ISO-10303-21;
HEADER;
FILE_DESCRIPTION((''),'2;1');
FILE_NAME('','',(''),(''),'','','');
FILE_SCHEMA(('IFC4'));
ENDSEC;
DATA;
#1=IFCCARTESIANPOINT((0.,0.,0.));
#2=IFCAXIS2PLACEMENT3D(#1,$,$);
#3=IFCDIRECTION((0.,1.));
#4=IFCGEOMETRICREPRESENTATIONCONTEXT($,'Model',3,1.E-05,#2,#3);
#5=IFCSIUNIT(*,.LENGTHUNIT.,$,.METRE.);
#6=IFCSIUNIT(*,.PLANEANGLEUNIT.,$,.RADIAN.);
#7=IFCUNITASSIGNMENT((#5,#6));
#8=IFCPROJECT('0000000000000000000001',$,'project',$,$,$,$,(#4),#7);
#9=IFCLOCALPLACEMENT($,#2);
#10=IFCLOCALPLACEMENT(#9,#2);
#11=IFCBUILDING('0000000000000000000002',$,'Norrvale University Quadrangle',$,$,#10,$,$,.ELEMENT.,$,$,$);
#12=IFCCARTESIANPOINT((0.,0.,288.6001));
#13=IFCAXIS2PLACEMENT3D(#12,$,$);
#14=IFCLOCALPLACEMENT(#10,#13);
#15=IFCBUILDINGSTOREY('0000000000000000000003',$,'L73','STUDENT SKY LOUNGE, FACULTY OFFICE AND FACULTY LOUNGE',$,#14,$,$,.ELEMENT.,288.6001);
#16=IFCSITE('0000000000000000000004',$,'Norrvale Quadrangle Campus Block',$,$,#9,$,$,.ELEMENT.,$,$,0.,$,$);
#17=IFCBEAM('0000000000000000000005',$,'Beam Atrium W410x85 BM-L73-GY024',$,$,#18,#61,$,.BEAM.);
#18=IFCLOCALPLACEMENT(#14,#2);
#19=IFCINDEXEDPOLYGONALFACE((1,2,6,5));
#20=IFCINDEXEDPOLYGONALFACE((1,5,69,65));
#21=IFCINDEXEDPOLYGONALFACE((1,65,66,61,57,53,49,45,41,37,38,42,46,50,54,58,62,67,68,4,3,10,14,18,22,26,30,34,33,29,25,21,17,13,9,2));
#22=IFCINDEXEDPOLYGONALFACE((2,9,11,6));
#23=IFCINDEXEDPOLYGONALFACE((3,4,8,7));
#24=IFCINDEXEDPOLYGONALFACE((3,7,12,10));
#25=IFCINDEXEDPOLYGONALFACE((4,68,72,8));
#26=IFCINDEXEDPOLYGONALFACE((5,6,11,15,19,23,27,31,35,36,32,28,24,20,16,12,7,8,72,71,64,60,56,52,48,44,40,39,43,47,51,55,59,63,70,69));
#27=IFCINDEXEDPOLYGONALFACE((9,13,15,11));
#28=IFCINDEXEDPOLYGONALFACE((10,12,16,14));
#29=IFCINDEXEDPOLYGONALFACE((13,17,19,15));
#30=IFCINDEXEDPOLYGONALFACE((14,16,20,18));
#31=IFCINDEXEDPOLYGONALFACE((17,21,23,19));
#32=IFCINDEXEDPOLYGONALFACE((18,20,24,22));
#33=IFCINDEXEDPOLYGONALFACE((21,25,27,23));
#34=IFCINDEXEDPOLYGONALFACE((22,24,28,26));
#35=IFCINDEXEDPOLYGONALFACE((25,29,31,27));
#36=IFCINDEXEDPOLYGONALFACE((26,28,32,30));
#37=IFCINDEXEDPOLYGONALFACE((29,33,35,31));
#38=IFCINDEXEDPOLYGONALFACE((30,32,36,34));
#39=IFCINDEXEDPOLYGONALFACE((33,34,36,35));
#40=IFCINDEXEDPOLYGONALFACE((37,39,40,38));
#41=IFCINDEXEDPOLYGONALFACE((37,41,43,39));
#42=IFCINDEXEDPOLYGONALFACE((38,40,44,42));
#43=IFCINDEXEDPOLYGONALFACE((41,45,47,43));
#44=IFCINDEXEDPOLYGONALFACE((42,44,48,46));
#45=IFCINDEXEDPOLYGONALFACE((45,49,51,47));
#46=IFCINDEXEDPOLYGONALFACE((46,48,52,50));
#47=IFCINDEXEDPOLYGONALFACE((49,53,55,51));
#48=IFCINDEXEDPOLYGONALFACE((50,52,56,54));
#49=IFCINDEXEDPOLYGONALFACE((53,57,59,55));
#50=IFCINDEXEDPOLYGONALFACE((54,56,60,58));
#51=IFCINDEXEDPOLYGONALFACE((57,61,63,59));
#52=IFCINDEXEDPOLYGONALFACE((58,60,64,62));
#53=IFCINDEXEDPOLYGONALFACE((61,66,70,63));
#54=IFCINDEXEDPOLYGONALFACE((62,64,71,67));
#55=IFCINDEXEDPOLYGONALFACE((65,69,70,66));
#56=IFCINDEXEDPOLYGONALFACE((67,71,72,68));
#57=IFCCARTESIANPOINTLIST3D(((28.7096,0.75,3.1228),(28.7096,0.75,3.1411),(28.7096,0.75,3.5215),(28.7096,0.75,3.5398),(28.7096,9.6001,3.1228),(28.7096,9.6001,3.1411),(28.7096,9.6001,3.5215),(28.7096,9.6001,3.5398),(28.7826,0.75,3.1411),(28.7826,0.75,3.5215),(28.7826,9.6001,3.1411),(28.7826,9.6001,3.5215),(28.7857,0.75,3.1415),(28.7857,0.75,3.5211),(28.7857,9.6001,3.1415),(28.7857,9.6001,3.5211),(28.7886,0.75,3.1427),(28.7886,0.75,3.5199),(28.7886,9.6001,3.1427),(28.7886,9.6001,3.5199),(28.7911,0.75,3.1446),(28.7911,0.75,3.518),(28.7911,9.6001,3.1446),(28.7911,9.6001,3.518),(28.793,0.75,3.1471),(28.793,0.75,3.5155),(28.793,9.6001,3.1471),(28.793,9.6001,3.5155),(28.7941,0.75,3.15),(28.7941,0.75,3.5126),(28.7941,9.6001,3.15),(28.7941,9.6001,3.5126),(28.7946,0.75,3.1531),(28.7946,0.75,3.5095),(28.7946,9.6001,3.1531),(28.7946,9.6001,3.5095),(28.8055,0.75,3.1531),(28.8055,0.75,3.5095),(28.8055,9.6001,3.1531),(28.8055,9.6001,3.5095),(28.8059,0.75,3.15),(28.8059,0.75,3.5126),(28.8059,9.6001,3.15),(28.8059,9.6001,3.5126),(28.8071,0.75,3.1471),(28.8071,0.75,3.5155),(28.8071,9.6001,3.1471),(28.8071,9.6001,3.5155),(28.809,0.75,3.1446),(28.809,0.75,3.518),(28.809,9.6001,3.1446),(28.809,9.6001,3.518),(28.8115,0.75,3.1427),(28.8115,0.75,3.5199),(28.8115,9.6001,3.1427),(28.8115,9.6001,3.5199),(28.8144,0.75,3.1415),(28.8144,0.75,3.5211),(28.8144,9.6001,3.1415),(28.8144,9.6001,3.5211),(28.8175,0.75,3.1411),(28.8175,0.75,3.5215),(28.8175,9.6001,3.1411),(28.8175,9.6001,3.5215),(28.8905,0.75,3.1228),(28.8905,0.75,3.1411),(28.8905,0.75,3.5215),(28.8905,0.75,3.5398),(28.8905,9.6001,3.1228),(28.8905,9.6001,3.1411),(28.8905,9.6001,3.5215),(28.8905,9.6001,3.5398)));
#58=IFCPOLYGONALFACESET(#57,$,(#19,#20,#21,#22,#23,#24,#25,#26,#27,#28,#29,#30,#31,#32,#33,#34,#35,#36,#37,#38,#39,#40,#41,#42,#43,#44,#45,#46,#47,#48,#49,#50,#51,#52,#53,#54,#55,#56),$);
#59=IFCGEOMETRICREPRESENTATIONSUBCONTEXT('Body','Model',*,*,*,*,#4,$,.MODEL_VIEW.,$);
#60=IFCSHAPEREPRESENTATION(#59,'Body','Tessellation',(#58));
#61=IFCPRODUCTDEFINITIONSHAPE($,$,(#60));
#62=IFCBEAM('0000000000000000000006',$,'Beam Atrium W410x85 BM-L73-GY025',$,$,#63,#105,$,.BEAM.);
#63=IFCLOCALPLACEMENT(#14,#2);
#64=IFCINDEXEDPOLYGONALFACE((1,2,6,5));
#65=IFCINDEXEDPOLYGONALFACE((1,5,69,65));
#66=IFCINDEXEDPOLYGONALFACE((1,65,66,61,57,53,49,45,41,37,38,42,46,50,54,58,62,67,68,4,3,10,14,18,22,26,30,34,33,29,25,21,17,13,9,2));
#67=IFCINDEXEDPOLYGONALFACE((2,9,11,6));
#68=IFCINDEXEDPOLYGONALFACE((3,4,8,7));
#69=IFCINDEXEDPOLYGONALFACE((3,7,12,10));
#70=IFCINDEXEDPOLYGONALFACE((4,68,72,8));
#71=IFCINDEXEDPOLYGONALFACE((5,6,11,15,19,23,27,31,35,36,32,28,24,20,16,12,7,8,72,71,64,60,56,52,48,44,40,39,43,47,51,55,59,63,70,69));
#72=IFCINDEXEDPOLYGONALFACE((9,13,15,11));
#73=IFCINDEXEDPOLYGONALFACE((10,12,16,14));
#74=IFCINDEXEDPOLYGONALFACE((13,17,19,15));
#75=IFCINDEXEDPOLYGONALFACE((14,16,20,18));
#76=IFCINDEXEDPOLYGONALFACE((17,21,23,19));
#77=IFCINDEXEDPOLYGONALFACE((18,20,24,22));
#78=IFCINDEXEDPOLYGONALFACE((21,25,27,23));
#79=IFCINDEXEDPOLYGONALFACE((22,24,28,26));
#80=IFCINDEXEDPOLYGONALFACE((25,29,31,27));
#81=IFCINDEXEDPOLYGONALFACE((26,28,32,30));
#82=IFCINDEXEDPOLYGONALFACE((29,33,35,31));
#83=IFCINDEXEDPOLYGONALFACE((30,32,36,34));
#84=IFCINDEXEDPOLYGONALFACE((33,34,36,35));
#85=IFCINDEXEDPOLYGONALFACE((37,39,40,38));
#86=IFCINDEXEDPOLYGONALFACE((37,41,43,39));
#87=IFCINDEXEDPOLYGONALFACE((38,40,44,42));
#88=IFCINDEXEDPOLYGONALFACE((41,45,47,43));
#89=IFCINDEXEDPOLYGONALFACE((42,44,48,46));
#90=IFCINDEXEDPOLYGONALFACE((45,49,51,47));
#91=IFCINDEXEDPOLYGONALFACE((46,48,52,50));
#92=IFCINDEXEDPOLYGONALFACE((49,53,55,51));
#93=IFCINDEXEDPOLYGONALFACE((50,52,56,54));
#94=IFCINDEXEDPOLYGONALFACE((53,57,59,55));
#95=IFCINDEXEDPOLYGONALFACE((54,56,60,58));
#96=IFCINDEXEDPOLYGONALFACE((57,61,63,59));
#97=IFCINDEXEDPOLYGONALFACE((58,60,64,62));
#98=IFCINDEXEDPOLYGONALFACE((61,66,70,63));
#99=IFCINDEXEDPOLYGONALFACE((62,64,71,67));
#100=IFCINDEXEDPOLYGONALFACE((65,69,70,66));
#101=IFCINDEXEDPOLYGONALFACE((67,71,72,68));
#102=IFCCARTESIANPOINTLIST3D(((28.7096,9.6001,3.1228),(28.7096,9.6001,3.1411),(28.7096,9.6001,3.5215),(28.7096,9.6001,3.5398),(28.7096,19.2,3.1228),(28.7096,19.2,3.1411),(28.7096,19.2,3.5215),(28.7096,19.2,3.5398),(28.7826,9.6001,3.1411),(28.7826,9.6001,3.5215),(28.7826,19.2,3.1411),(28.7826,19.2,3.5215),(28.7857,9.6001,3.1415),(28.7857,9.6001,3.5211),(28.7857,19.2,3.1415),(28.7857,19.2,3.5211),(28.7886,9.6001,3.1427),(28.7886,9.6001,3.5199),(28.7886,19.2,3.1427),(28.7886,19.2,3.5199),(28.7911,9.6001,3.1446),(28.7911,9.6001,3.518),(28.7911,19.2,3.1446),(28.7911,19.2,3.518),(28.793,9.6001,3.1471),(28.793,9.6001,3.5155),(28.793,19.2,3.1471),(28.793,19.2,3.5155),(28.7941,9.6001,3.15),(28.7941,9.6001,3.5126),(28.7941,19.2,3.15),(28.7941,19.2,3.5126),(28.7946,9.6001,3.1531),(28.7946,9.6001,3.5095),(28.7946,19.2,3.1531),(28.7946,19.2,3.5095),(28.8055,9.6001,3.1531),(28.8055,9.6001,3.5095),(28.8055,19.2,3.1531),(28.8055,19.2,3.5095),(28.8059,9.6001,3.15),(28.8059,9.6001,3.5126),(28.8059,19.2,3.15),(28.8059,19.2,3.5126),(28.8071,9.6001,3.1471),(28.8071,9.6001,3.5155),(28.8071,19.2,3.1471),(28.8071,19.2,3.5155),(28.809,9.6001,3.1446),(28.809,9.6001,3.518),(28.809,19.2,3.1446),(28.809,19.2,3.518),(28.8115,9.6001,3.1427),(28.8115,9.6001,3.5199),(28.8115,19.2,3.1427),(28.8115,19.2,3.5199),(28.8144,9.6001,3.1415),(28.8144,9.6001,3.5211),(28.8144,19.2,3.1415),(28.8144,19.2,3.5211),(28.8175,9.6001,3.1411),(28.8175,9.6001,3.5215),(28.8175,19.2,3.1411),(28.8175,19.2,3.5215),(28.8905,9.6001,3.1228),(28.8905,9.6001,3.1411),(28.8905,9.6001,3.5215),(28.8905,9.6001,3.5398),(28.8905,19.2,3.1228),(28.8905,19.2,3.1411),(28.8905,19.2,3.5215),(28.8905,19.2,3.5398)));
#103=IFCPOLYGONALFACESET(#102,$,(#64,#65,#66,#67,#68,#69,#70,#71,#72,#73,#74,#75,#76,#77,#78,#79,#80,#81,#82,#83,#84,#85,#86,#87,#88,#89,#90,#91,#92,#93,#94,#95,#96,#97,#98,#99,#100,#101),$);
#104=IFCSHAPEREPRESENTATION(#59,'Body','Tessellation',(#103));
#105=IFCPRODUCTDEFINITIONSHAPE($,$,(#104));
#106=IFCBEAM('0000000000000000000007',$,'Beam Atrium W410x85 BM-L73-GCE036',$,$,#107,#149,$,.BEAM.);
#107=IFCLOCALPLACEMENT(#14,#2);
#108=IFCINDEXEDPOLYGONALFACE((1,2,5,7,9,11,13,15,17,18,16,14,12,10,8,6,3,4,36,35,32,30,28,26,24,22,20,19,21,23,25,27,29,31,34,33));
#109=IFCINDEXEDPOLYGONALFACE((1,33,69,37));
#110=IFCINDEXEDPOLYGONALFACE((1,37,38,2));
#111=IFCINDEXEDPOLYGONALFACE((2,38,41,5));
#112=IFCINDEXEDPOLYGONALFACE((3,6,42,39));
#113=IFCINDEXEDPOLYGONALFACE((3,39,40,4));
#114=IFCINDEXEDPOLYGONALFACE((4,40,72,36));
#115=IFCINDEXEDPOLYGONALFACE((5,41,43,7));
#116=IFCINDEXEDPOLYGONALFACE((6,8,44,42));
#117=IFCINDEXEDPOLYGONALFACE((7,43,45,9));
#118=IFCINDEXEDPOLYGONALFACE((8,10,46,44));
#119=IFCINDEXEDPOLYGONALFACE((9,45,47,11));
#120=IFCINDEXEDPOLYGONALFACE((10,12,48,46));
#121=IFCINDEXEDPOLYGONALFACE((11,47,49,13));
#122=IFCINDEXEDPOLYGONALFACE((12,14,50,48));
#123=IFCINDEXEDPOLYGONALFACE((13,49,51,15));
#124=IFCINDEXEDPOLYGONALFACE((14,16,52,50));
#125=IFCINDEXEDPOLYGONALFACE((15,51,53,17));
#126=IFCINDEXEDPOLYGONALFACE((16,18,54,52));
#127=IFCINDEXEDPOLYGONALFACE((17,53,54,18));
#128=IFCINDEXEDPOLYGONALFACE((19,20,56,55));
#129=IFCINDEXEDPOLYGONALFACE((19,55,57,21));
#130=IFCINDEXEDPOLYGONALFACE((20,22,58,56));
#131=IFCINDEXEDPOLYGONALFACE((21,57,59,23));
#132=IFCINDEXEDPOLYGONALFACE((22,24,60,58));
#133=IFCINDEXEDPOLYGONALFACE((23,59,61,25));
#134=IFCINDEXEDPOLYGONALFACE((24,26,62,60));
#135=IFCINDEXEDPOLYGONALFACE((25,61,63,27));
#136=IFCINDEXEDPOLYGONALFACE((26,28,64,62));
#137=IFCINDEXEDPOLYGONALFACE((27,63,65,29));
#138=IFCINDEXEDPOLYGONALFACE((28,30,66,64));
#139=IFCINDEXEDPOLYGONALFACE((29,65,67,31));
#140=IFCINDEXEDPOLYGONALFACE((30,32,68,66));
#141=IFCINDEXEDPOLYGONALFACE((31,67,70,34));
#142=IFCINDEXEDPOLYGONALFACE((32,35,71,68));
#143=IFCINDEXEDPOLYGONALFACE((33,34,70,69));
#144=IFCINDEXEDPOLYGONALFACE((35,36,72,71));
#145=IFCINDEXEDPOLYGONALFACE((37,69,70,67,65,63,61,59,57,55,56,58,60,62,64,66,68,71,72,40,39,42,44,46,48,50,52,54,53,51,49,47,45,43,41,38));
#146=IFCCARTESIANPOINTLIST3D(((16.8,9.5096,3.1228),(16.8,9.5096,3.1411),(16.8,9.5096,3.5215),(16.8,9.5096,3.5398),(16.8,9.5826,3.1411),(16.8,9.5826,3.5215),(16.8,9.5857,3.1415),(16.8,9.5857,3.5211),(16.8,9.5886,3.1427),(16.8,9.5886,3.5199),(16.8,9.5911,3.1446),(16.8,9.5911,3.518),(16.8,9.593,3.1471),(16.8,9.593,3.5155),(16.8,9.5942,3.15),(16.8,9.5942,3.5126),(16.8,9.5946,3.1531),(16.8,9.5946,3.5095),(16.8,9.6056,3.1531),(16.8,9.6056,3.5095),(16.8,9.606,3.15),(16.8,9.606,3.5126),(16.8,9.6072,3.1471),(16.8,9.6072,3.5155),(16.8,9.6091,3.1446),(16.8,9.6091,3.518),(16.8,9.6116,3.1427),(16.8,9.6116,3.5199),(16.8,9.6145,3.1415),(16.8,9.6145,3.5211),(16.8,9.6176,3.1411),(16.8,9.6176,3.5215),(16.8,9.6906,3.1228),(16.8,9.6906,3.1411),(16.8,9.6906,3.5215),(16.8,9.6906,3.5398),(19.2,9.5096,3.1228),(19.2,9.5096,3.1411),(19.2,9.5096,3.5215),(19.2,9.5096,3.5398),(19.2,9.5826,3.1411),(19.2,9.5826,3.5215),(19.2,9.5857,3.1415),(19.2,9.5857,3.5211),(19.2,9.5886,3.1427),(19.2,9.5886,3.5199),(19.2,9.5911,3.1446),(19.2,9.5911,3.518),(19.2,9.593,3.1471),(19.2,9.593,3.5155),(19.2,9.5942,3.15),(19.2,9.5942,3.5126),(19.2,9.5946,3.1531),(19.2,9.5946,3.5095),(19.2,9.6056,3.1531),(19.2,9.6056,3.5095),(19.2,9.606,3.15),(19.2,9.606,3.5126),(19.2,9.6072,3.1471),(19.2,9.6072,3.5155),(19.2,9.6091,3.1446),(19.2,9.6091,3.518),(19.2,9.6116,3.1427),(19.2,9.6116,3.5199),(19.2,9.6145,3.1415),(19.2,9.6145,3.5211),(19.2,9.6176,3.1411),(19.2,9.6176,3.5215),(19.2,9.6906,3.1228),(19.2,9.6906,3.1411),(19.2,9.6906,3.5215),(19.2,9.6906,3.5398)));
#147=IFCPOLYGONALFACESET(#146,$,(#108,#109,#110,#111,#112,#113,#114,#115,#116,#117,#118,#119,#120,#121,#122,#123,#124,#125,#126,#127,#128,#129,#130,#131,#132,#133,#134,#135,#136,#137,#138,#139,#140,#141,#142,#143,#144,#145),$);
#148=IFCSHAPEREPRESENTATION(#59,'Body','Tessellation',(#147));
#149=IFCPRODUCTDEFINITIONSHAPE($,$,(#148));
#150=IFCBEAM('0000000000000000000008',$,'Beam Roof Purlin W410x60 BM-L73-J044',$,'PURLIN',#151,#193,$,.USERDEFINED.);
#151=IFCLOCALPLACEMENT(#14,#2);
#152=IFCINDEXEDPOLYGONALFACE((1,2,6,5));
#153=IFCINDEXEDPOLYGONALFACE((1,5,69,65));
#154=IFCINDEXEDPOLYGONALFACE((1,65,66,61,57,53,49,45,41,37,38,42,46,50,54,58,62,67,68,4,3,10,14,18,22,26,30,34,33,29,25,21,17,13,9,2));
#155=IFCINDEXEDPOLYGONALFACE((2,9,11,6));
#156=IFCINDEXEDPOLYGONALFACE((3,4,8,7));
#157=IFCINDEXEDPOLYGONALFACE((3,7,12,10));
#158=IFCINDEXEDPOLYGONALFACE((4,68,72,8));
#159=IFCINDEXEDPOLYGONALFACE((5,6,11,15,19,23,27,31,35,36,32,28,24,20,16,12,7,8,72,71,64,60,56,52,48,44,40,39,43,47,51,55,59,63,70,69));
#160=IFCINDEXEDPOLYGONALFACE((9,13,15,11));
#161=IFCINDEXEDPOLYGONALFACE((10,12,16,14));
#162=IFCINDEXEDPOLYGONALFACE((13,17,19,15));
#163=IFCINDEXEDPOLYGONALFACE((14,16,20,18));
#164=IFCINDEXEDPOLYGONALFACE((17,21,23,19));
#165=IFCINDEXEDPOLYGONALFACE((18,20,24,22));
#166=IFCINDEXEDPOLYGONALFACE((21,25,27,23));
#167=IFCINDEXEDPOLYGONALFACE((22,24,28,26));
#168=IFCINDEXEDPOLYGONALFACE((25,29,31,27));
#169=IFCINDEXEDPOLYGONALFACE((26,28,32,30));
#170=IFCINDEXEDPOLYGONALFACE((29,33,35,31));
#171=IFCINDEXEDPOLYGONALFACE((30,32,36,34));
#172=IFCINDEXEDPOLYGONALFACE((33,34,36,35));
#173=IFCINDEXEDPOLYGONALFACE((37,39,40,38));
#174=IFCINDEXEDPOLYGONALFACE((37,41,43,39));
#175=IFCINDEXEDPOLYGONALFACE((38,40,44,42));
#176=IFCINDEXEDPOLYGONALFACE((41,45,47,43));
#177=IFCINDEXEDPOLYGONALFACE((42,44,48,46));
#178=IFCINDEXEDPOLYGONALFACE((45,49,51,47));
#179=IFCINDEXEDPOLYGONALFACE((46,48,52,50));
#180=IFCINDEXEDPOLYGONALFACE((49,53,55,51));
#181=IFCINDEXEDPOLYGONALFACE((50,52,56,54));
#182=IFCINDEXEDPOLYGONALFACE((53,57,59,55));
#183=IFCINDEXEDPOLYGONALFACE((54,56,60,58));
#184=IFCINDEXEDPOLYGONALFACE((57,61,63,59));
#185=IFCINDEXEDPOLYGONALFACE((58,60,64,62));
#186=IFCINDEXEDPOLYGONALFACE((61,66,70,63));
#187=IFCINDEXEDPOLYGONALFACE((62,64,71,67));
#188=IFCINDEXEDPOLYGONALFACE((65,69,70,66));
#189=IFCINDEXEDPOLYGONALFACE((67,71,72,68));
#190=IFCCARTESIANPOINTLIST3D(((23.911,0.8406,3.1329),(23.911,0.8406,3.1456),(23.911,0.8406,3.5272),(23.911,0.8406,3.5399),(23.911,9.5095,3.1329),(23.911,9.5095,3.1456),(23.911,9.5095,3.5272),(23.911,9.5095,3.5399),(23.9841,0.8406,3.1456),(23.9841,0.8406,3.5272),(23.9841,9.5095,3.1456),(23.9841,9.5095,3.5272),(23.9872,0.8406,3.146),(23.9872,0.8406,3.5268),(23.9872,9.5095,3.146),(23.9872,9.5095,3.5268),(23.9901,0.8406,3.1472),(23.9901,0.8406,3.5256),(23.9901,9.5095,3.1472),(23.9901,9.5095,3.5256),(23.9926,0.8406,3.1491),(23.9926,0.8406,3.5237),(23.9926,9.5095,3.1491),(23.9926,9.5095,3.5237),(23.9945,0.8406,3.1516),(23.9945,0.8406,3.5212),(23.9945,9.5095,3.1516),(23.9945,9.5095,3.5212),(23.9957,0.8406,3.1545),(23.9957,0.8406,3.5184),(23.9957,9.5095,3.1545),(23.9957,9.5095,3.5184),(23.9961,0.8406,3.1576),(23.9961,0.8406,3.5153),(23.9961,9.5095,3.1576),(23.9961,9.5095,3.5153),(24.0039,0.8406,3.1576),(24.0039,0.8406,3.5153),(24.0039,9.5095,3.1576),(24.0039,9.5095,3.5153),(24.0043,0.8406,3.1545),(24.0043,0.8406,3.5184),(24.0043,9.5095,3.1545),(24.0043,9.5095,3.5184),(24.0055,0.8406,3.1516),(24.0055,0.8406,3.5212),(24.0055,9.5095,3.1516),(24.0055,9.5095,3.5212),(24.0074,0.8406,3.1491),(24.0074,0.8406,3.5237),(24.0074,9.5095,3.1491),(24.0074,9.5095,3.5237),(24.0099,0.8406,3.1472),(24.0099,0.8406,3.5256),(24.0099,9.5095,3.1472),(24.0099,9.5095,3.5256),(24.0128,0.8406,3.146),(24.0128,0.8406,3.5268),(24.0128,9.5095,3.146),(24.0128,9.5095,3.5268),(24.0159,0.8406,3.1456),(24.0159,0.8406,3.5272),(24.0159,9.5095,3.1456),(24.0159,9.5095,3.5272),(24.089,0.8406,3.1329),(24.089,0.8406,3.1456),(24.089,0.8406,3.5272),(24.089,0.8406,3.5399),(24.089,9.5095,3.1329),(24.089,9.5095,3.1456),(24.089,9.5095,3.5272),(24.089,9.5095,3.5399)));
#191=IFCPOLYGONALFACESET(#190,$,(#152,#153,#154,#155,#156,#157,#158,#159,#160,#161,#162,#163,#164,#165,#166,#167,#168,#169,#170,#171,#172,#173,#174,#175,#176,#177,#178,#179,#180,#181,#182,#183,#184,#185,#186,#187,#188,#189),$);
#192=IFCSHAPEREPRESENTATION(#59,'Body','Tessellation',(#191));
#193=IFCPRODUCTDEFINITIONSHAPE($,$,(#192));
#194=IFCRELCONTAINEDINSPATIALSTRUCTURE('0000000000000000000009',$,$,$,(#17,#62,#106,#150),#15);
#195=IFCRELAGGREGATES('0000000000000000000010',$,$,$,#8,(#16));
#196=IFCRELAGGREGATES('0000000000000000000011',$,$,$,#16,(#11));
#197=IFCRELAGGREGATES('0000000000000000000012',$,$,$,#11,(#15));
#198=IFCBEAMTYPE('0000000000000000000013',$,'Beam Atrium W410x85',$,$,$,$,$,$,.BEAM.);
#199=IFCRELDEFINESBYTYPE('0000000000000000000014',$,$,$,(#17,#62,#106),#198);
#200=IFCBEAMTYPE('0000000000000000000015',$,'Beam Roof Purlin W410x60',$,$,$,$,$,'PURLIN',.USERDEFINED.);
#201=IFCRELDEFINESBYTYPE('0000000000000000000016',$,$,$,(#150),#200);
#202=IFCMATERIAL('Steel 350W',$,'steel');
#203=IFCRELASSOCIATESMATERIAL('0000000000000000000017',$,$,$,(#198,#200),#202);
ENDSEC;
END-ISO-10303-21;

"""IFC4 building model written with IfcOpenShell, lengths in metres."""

from ifc_helpers import new_model, si_unit, direction, frame, origin, origin_2d, place, context, subcontext, project, spatial, i_section, extrude, material, material_profile, profile_set, type_object, element, save


model = new_model("IFC4")

# Units and contexts
model_context = context("Model", 3, precision=1e-05, world=origin(), true_north=direction((0.0, 1.0)))
body_context = subcontext(model_context, "Body", "Model", "MODEL_VIEW")
ifc_project = project(units=[si_unit("LENGTHUNIT", "METRE"), si_unit("PLANEANGLEUNIT", "RADIAN")], contexts=[model_context])

# Site, building, storey
site_placement = place(None, origin())
site = spatial("IfcSite", under=ifc_project, at=site_placement, Name="Norrvale Quadrangle Campus Block", CompositionType="ELEMENT", RefElevation=0.0)
building_placement = place(site_placement, origin())
building = spatial("IfcBuilding", under=site, at=building_placement, Name="Norrvale University Quadrangle", CompositionType="ELEMENT")
storey_placement = place(building_placement, frame((0.0, 0.0, 288.6001)))
storey = spatial("IfcBuildingStorey", under=building, at=storey_placement, Name="L73", Description="STUDENT SKY LOUNGE, FACULTY OFFICE AND FACULTY LOUNGE", CompositionType="ELEMENT", Elevation=288.6001)

# Beams
ifc_material_1 = material(Name="Steel 350W", Category="steel")
ifc_material_profile_1 = material_profile(ifc_material_1, i_section(OverallWidth=0.1809, OverallDepth=0.417, WebThickness=0.011, FlangeThickness=0.0183, FilletRadius=0.012, at=origin_2d()), Name="Steel 350W")
ifc_profile_set_1 = profile_set([ifc_material_profile_1], Name="Steel 350W")
beam_type_1 = type_object("IfcBeamType", Name="Beam Atrium W410x85", PredefinedType="BEAM", material=ifc_profile_set_1)
beam_1_placement = place(storey_placement, frame((28.8, 0.75, 3.3313), z_axis=(0.0, 1.0, 0.0), x_axis=(-1.0, 0.0, 0.0)))
element("IfcBeam", 1, at=beam_1_placement, inside=storey, type_object=beam_type_1, Name="Beam Atrium W410x85 BM-L73-GY024", PredefinedType="BEAM", context=body_context, shape_type="SweptSolid", body=[
    extrude(i_section(OverallWidth=0.1809, OverallDepth=0.417, WebThickness=0.011, FlangeThickness=0.0183, FilletRadius=0.012, at=origin_2d()), origin(), (0.0, 0.0, 1.0), 8.8501),
])
beam_2_placement = place(storey_placement, frame((28.8, 9.6001, 3.3313), z_axis=(0.0, 1.0, 0.0), x_axis=(-1.0, 0.0, 0.0)))
element("IfcBeam", 2, at=beam_2_placement, inside=storey, type_object=beam_type_1, Name="Beam Atrium W410x85 BM-L73-GY025", PredefinedType="BEAM", context=body_context, shape_type="SweptSolid", body=[
    extrude(i_section(OverallWidth=0.1809, OverallDepth=0.417, WebThickness=0.011, FlangeThickness=0.0183, FilletRadius=0.012, at=origin_2d()), origin(), (0.0, 0.0, 1.0), 9.5999),
])
beam_3_placement = place(storey_placement, frame((16.8, 9.6001, 3.3313), z_axis=(1.0, 0.0, 0.0), x_axis=(0.0, 1.0, 0.0)))
element("IfcBeam", 3, at=beam_3_placement, inside=storey, type_object=beam_type_1, Name="Beam Atrium W410x85 BM-L73-GCE036", PredefinedType="BEAM", context=body_context, shape_type="SweptSolid", body=[
    extrude(i_section(OverallWidth=0.1809, OverallDepth=0.417, WebThickness=0.011, FlangeThickness=0.0183, FilletRadius=0.012, at=origin_2d()), origin(), (0.0, 0.0, 1.0), 2.3999),
])
ifc_material_profile_2 = material_profile(ifc_material_1, i_section(OverallWidth=0.178, OverallDepth=0.407, WebThickness=0.0078, FlangeThickness=0.0127, FilletRadius=0.012, at=origin_2d()), Name="Steel 350W")
ifc_profile_set_2 = profile_set([ifc_material_profile_2], Name="Steel 350W")
beam_type_2 = type_object("IfcBeamType", Name="Beam Roof Purlin W410x60", ElementType="PURLIN", PredefinedType="USERDEFINED", material=ifc_profile_set_2)
beam_4_placement = place(storey_placement, frame((24.0, 0.8406, 3.3364), z_axis=(0.0, 1.0, 0.0), x_axis=(-1.0, 0.0, 0.0)))
element("IfcBeam", 4, at=beam_4_placement, inside=storey, type_object=beam_type_2, Name="Beam Roof Purlin W410x60 BM-L73-J044", ObjectType="PURLIN", PredefinedType="USERDEFINED", context=body_context, shape_type="SweptSolid", body=[
    extrude(i_section(OverallWidth=0.178, OverallDepth=0.407, WebThickness=0.0078, FlangeThickness=0.0127, FilletRadius=0.012, at=origin_2d()), origin(), (0.0, 0.0, 1.0), 8.6689),
])

save(model, "model.ifc")
